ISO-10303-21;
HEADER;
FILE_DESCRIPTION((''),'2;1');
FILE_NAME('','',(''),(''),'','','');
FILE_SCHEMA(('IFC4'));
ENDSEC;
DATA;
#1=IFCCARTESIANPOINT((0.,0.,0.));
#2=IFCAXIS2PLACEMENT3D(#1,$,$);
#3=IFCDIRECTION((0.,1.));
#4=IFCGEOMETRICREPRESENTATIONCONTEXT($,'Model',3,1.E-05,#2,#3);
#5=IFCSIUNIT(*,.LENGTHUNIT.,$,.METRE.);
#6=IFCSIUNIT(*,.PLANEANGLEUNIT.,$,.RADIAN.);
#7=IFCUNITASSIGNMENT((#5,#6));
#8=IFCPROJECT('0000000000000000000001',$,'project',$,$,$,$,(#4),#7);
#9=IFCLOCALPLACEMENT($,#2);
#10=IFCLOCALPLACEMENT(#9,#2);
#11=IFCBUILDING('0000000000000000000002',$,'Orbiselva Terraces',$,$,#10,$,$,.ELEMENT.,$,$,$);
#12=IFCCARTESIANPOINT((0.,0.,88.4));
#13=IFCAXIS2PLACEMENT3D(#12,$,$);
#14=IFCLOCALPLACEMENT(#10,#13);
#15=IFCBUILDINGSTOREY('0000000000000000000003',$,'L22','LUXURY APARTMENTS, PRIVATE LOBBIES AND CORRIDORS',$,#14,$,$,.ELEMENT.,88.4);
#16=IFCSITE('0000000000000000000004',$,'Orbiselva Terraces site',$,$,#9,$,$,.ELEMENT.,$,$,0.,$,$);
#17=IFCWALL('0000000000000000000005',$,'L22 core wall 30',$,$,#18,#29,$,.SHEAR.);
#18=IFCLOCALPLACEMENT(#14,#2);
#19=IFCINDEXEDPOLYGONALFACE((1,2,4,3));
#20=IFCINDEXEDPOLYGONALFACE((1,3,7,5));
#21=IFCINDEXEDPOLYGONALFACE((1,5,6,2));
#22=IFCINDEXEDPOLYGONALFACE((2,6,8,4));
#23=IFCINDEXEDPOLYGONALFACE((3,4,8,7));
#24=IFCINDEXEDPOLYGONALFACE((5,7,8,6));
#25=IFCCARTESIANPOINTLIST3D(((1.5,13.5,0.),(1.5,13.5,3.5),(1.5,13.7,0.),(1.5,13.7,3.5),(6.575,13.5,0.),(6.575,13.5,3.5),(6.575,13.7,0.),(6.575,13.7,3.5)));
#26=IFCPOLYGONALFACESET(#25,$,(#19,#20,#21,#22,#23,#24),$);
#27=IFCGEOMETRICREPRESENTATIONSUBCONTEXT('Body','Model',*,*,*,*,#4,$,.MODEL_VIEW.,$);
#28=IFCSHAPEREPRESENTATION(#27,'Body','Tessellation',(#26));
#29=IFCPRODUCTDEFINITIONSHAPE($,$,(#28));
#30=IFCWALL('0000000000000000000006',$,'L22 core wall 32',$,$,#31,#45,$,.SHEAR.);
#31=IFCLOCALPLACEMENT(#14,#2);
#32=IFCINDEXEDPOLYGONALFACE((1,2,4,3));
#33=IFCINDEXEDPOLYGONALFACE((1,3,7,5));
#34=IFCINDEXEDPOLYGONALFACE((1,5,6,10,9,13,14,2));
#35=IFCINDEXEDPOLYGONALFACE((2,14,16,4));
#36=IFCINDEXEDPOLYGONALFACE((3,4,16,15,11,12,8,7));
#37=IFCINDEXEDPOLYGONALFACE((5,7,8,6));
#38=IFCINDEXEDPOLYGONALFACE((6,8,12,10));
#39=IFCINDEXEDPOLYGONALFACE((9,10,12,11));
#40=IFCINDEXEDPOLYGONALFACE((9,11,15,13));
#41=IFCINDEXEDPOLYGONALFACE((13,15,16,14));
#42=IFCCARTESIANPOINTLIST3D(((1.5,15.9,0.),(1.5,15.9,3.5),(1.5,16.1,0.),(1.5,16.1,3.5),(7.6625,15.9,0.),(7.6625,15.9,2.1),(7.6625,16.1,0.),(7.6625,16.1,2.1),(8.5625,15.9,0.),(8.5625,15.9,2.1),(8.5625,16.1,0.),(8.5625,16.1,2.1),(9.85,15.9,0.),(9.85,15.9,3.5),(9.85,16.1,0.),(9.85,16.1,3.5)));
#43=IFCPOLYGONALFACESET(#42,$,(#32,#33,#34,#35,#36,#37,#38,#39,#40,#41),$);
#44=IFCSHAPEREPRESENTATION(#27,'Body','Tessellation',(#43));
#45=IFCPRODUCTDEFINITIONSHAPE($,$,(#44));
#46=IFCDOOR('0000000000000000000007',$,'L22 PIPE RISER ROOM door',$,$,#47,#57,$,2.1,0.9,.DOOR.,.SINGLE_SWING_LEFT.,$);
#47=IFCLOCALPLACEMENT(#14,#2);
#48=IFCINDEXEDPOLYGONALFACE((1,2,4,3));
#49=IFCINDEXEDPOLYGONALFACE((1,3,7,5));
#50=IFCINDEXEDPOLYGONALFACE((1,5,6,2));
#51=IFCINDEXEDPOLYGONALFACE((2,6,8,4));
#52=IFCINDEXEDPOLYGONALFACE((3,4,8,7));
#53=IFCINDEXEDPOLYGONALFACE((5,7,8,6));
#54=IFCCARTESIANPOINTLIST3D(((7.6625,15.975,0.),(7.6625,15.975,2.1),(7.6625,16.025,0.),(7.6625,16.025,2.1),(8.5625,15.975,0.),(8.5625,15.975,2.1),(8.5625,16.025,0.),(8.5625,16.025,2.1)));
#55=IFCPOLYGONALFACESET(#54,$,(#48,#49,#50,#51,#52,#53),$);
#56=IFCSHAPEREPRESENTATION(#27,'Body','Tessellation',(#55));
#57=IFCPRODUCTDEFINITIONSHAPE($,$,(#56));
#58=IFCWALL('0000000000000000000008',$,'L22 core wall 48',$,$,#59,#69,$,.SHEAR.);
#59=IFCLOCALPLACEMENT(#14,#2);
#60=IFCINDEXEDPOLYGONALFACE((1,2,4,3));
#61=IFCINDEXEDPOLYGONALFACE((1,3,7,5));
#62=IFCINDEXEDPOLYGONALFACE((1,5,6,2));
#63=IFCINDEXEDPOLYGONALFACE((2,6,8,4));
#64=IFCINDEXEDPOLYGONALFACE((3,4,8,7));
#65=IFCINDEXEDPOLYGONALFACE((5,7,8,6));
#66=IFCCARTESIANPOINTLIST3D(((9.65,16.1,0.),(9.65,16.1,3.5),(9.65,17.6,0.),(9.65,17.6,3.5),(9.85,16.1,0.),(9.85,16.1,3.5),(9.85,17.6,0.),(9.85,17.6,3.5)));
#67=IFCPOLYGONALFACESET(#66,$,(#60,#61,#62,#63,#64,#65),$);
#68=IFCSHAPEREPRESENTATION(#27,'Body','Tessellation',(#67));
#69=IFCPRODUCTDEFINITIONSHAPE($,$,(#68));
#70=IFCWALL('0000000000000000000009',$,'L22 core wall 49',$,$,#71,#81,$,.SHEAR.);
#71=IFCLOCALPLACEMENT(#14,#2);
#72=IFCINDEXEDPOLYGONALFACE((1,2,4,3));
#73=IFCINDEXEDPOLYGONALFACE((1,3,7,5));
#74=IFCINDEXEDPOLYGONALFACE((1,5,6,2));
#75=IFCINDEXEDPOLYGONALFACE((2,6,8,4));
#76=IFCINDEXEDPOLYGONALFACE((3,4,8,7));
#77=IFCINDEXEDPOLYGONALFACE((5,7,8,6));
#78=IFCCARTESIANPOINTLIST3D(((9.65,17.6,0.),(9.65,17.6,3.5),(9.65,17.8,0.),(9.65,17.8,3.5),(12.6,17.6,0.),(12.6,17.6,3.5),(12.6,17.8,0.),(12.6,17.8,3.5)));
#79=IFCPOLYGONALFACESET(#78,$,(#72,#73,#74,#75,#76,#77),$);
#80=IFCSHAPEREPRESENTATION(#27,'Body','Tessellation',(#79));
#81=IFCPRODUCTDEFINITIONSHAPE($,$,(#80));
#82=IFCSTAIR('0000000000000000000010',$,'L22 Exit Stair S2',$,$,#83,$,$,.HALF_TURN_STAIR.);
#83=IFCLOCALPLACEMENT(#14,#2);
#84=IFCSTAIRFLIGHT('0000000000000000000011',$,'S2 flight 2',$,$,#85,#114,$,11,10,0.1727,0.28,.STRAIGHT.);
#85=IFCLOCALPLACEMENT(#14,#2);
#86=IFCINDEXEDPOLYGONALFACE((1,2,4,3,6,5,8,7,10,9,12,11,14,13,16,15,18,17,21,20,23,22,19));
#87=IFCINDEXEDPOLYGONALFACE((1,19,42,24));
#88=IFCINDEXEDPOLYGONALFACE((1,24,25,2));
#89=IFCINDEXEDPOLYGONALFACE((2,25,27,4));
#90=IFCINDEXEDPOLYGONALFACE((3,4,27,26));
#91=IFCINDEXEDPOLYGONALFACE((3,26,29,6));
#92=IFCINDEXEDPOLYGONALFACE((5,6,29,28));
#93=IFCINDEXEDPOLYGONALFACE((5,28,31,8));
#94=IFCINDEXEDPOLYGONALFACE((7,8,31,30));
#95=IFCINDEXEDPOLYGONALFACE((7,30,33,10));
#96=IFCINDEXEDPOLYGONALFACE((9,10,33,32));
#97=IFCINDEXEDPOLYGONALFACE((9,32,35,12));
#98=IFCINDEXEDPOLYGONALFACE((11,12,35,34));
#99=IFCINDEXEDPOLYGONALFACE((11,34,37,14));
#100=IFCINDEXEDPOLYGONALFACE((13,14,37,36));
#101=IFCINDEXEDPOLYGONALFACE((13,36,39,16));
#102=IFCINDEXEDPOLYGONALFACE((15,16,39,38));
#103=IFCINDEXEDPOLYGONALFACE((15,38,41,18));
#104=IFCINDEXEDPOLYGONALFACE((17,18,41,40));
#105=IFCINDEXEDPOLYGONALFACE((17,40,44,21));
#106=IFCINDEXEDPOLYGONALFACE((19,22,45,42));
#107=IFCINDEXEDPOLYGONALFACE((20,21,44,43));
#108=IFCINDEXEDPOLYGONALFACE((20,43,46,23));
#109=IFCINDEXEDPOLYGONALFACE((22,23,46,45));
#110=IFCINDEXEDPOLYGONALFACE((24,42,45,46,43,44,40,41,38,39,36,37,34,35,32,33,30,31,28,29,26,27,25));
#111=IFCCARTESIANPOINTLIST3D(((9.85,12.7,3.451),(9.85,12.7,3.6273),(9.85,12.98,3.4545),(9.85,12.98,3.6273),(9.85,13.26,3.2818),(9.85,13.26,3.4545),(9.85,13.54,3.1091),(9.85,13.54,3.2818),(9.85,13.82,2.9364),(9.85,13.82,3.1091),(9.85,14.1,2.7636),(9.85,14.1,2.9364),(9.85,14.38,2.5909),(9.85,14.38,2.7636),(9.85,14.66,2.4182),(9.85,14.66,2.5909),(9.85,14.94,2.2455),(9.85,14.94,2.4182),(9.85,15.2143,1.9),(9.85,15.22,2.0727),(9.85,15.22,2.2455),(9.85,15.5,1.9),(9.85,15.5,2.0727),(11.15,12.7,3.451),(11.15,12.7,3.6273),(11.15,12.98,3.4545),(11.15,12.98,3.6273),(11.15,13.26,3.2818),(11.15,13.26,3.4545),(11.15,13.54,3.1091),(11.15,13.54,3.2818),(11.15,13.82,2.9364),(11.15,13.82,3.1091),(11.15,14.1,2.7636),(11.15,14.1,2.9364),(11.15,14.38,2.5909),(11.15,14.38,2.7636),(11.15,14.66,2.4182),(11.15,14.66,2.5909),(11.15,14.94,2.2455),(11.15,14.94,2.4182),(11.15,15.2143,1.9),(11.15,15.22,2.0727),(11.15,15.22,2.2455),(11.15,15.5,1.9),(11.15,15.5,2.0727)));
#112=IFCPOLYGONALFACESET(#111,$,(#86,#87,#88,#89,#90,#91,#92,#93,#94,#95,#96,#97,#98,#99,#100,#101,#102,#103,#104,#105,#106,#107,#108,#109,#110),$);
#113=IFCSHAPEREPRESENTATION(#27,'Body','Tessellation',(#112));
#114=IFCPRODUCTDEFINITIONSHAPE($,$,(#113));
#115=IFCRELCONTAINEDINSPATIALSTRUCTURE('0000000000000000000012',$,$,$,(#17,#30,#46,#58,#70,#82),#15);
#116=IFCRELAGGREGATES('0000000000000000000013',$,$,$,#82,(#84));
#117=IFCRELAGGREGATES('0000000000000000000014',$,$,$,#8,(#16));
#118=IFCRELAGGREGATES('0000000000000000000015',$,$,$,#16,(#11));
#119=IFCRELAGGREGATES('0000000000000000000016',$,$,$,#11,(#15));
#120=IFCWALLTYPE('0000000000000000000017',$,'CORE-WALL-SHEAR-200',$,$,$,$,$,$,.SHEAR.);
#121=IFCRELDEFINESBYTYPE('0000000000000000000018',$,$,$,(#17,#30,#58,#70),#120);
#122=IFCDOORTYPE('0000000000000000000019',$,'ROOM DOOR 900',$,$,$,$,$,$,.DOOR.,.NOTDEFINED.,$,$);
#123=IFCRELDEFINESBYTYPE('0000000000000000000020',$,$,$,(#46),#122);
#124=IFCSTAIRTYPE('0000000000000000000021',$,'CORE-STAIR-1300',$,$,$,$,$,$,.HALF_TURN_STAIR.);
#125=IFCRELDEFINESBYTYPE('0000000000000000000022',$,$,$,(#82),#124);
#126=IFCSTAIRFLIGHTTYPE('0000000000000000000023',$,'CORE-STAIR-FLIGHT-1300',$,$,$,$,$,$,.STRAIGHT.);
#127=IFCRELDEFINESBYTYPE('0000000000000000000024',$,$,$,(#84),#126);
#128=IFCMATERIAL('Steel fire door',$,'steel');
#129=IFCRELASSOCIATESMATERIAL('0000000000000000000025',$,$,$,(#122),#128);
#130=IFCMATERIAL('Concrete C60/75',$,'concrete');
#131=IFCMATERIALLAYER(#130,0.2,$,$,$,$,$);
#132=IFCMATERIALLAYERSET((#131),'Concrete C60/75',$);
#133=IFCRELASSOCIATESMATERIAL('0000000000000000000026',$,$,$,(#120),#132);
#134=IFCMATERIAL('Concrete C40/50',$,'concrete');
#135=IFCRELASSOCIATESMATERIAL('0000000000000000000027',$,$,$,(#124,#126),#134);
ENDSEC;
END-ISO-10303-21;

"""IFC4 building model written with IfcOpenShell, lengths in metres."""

from ifc_helpers import new_model, si_unit, direction, frame, frame_2d, origin, place, context, subcontext, project, spatial, polyline, rectangle, outline, extrude, material, layer, layer_set, type_object, element, fill, aggregate, save


model = new_model("IFC4")

# Units and contexts
model_context = context("Model", 3, precision=1e-05, world=origin(), true_north=direction((0.0, 1.0)))
body_context = subcontext(model_context, "Body", "Model", "MODEL_VIEW")
ifc_project = project(units=[si_unit("LENGTHUNIT", "METRE"), si_unit("PLANEANGLEUNIT", "RADIAN")], contexts=[model_context])

# Site, building, storey
site_placement = place(None, origin())
site = spatial("IfcSite", under=ifc_project, at=site_placement, Name="Orbiselva Terraces site", CompositionType="ELEMENT", RefElevation=0.0)
building_placement = place(site_placement, origin())
building = spatial("IfcBuilding", under=site, at=building_placement, Name="Orbiselva Terraces", CompositionType="ELEMENT")
storey_placement = place(building_placement, frame((0.0, 0.0, 88.4)))
storey = spatial("IfcBuildingStorey", under=building, at=storey_placement, Name="L22", Description="LUXURY APARTMENTS, PRIVATE LOBBIES AND CORRIDORS", CompositionType="ELEMENT", Elevation=88.4)

# Shared definitions
ifc_material_1 = material(Name="Steel fire door", Category="steel")
door_type = type_object("IfcDoorType", Name="ROOM DOOR 900", OperationType="NOTDEFINED", PredefinedType="DOOR", material=ifc_material_1)

# Shared definitions
ifc_material_2 = material(Name="Concrete C40/50", Category="concrete")

# Shared definitions
ifc_material_3 = material(Name="Concrete C60/75", Category="concrete")
ifc_layer_1 = layer(ifc_material_3, 0.2)
ifc_layer_set_1 = layer_set([ifc_layer_1], Name="Concrete C60/75")
wall_type_1 = type_object("IfcWallType", Name="CORE-WALL-SHEAR-200", PredefinedType="SHEAR", material=ifc_layer_set_1)

# Wall
wall_1_placement = place(storey_placement, frame((1.5, 13.6, 0.0), z_axis=(0.0, 0.0, 1.0), x_axis=(1.0, 0.0, 0.0)))
element("IfcWall", 1, at=wall_1_placement, inside=storey, type_object=wall_type_1, Name="L22 core wall 30", PredefinedType="SHEAR", context=body_context, shape_type="SweptSolid", body=[
    extrude(rectangle(XDim=5.075, YDim=0.2, at=frame_2d((2.5375, 0.0))), origin(), (0.0, 0.0, 1.0), 3.5),
])

# Wall, opening, door
wall_2_placement = place(storey_placement, frame((9.85, 16.0, 0.0), z_axis=(0.0, 0.0, 1.0), x_axis=(-1.0, 0.0, 0.0)))
wall_2 = element("IfcWall", 2, at=wall_2_placement, inside=storey, type_object=wall_type_1, Name="L22 core wall 32", PredefinedType="SHEAR", context=body_context, shape_type="SweptSolid", body=[
    extrude(rectangle(XDim=8.35, YDim=0.2, at=frame_2d((4.175, 0.0))), origin(), (0.0, 0.0, 1.0), 3.5),
])
opening_1_placement = place(wall_2_placement, frame((1.2875, 0.0, 0.0)))
opening_1 = element("IfcOpeningElement", 3, at=opening_1_placement, cuts=wall_2, PredefinedType="OPENING", context=body_context, shape_type="SweptSolid", body=[
    extrude(rectangle(XDim=0.9, YDim=2.1, at=frame_2d((0.45, 1.05))), frame((0.0, 0.11, 0.0), z_axis=(0.0, -1.0, 0.0), x_axis=(1.0, 0.0, 0.0)), (0.0, 0.0, 1.0), 0.22),
])
door_1_placement = place(opening_1_placement, origin())
door_1 = element("IfcDoor", 4, at=door_1_placement, inside=storey, type_object=door_type, Name="L22 PIPE RISER ROOM door", OperationType="SINGLE_SWING_LEFT", OverallHeight=2.1, OverallWidth=0.9, PredefinedType="DOOR", context=body_context, shape_type="SweptSolid", body=[
    extrude(rectangle(XDim=0.9, YDim=2.1, at=frame_2d((0.45, 1.05))), frame((0.0, 0.025, 0.0), z_axis=(0.0, -1.0, 0.0), x_axis=(1.0, 0.0, 0.0)), (0.0, 0.0, 1.0), 0.05),
])
fill(opening_1, door_1)

# Walls
wall_3_placement = place(storey_placement, frame((9.75, 16.1, 0.0), z_axis=(0.0, 0.0, 1.0), x_axis=(0.0, 1.0, 0.0)))
element("IfcWall", 5, at=wall_3_placement, inside=storey, type_object=wall_type_1, Name="L22 core wall 48", PredefinedType="SHEAR", context=body_context, shape_type="SweptSolid", body=[
    extrude(rectangle(XDim=1.5, YDim=0.2, at=frame_2d((0.75, 0.0))), origin(), (0.0, 0.0, 1.0), 3.5),
])
wall_4_placement = place(storey_placement, frame((9.65, 17.7, 0.0), z_axis=(0.0, 0.0, 1.0), x_axis=(1.0, 0.0, 0.0)))
element("IfcWall", 6, at=wall_4_placement, inside=storey, type_object=wall_type_1, Name="L22 core wall 49", PredefinedType="SHEAR", context=body_context, shape_type="SweptSolid", body=[
    extrude(rectangle(XDim=2.95, YDim=0.2, at=frame_2d((1.475, 0.0))), origin(), (0.0, 0.0, 1.0), 3.5),
])

# Stair, stair flight
stair_type = type_object("IfcStairType", Name="CORE-STAIR-1300", PredefinedType="HALF_TURN_STAIR", material=ifc_material_2)
stair_placement = place(storey_placement, origin())
stair = element("IfcStair", 7, at=stair_placement, inside=storey, type_object=stair_type, Name="L22 Exit Stair S2", PredefinedType="HALF_TURN_STAIR")
stair_flight_type = type_object("IfcStairFlightType", Name="CORE-STAIR-FLIGHT-1300", PredefinedType="STRAIGHT", material=ifc_material_2)
stair_flight_placement = place(storey_placement, frame((10.5, 15.5, 1.9), z_axis=(0.0, 0.0, 1.0), x_axis=(0.0, -1.0, 0.0)))
stair_flight = element("IfcStairFlight", 8, at=stair_flight_placement, type_object=stair_flight_type, Name="S2 flight 2", NumberOfRisers=11, NumberOfTreads=10, PredefinedType="STRAIGHT", RiserHeight=0.1727, TreadLength=0.28, context=body_context, shape_type="SweptSolid", body=[
    extrude(outline(polyline([(0.0, 0.0), (0.0, 0.1727), (0.28, 0.1727), (0.28, 0.3455), (0.56, 0.3455), (0.56, 0.5182), (0.84, 0.5182), (0.84, 0.6909), (1.12, 0.6909), (1.12, 0.8636), (1.4, 0.8636), (1.4, 1.0364), (1.68, 1.0364), (1.68, 1.2091), (1.96, 1.2091), (1.96, 1.3818), (2.24, 1.3818), (2.24, 1.5545), (2.52, 1.5545), (2.52, 1.7273), (2.8, 1.7273), (2.8, 1.9), (2.8, 1.551), (0.2857, 0.0), (0.0, 0.0)])), frame((0.0, 0.65, 0.0), z_axis=(0.0, -1.0, 0.0), x_axis=(1.0, 0.0, 0.0)), (0.0, 0.0, 1.0), 1.3),
])
aggregate(stair, [stair_flight])

save(model, "model.ifc")
